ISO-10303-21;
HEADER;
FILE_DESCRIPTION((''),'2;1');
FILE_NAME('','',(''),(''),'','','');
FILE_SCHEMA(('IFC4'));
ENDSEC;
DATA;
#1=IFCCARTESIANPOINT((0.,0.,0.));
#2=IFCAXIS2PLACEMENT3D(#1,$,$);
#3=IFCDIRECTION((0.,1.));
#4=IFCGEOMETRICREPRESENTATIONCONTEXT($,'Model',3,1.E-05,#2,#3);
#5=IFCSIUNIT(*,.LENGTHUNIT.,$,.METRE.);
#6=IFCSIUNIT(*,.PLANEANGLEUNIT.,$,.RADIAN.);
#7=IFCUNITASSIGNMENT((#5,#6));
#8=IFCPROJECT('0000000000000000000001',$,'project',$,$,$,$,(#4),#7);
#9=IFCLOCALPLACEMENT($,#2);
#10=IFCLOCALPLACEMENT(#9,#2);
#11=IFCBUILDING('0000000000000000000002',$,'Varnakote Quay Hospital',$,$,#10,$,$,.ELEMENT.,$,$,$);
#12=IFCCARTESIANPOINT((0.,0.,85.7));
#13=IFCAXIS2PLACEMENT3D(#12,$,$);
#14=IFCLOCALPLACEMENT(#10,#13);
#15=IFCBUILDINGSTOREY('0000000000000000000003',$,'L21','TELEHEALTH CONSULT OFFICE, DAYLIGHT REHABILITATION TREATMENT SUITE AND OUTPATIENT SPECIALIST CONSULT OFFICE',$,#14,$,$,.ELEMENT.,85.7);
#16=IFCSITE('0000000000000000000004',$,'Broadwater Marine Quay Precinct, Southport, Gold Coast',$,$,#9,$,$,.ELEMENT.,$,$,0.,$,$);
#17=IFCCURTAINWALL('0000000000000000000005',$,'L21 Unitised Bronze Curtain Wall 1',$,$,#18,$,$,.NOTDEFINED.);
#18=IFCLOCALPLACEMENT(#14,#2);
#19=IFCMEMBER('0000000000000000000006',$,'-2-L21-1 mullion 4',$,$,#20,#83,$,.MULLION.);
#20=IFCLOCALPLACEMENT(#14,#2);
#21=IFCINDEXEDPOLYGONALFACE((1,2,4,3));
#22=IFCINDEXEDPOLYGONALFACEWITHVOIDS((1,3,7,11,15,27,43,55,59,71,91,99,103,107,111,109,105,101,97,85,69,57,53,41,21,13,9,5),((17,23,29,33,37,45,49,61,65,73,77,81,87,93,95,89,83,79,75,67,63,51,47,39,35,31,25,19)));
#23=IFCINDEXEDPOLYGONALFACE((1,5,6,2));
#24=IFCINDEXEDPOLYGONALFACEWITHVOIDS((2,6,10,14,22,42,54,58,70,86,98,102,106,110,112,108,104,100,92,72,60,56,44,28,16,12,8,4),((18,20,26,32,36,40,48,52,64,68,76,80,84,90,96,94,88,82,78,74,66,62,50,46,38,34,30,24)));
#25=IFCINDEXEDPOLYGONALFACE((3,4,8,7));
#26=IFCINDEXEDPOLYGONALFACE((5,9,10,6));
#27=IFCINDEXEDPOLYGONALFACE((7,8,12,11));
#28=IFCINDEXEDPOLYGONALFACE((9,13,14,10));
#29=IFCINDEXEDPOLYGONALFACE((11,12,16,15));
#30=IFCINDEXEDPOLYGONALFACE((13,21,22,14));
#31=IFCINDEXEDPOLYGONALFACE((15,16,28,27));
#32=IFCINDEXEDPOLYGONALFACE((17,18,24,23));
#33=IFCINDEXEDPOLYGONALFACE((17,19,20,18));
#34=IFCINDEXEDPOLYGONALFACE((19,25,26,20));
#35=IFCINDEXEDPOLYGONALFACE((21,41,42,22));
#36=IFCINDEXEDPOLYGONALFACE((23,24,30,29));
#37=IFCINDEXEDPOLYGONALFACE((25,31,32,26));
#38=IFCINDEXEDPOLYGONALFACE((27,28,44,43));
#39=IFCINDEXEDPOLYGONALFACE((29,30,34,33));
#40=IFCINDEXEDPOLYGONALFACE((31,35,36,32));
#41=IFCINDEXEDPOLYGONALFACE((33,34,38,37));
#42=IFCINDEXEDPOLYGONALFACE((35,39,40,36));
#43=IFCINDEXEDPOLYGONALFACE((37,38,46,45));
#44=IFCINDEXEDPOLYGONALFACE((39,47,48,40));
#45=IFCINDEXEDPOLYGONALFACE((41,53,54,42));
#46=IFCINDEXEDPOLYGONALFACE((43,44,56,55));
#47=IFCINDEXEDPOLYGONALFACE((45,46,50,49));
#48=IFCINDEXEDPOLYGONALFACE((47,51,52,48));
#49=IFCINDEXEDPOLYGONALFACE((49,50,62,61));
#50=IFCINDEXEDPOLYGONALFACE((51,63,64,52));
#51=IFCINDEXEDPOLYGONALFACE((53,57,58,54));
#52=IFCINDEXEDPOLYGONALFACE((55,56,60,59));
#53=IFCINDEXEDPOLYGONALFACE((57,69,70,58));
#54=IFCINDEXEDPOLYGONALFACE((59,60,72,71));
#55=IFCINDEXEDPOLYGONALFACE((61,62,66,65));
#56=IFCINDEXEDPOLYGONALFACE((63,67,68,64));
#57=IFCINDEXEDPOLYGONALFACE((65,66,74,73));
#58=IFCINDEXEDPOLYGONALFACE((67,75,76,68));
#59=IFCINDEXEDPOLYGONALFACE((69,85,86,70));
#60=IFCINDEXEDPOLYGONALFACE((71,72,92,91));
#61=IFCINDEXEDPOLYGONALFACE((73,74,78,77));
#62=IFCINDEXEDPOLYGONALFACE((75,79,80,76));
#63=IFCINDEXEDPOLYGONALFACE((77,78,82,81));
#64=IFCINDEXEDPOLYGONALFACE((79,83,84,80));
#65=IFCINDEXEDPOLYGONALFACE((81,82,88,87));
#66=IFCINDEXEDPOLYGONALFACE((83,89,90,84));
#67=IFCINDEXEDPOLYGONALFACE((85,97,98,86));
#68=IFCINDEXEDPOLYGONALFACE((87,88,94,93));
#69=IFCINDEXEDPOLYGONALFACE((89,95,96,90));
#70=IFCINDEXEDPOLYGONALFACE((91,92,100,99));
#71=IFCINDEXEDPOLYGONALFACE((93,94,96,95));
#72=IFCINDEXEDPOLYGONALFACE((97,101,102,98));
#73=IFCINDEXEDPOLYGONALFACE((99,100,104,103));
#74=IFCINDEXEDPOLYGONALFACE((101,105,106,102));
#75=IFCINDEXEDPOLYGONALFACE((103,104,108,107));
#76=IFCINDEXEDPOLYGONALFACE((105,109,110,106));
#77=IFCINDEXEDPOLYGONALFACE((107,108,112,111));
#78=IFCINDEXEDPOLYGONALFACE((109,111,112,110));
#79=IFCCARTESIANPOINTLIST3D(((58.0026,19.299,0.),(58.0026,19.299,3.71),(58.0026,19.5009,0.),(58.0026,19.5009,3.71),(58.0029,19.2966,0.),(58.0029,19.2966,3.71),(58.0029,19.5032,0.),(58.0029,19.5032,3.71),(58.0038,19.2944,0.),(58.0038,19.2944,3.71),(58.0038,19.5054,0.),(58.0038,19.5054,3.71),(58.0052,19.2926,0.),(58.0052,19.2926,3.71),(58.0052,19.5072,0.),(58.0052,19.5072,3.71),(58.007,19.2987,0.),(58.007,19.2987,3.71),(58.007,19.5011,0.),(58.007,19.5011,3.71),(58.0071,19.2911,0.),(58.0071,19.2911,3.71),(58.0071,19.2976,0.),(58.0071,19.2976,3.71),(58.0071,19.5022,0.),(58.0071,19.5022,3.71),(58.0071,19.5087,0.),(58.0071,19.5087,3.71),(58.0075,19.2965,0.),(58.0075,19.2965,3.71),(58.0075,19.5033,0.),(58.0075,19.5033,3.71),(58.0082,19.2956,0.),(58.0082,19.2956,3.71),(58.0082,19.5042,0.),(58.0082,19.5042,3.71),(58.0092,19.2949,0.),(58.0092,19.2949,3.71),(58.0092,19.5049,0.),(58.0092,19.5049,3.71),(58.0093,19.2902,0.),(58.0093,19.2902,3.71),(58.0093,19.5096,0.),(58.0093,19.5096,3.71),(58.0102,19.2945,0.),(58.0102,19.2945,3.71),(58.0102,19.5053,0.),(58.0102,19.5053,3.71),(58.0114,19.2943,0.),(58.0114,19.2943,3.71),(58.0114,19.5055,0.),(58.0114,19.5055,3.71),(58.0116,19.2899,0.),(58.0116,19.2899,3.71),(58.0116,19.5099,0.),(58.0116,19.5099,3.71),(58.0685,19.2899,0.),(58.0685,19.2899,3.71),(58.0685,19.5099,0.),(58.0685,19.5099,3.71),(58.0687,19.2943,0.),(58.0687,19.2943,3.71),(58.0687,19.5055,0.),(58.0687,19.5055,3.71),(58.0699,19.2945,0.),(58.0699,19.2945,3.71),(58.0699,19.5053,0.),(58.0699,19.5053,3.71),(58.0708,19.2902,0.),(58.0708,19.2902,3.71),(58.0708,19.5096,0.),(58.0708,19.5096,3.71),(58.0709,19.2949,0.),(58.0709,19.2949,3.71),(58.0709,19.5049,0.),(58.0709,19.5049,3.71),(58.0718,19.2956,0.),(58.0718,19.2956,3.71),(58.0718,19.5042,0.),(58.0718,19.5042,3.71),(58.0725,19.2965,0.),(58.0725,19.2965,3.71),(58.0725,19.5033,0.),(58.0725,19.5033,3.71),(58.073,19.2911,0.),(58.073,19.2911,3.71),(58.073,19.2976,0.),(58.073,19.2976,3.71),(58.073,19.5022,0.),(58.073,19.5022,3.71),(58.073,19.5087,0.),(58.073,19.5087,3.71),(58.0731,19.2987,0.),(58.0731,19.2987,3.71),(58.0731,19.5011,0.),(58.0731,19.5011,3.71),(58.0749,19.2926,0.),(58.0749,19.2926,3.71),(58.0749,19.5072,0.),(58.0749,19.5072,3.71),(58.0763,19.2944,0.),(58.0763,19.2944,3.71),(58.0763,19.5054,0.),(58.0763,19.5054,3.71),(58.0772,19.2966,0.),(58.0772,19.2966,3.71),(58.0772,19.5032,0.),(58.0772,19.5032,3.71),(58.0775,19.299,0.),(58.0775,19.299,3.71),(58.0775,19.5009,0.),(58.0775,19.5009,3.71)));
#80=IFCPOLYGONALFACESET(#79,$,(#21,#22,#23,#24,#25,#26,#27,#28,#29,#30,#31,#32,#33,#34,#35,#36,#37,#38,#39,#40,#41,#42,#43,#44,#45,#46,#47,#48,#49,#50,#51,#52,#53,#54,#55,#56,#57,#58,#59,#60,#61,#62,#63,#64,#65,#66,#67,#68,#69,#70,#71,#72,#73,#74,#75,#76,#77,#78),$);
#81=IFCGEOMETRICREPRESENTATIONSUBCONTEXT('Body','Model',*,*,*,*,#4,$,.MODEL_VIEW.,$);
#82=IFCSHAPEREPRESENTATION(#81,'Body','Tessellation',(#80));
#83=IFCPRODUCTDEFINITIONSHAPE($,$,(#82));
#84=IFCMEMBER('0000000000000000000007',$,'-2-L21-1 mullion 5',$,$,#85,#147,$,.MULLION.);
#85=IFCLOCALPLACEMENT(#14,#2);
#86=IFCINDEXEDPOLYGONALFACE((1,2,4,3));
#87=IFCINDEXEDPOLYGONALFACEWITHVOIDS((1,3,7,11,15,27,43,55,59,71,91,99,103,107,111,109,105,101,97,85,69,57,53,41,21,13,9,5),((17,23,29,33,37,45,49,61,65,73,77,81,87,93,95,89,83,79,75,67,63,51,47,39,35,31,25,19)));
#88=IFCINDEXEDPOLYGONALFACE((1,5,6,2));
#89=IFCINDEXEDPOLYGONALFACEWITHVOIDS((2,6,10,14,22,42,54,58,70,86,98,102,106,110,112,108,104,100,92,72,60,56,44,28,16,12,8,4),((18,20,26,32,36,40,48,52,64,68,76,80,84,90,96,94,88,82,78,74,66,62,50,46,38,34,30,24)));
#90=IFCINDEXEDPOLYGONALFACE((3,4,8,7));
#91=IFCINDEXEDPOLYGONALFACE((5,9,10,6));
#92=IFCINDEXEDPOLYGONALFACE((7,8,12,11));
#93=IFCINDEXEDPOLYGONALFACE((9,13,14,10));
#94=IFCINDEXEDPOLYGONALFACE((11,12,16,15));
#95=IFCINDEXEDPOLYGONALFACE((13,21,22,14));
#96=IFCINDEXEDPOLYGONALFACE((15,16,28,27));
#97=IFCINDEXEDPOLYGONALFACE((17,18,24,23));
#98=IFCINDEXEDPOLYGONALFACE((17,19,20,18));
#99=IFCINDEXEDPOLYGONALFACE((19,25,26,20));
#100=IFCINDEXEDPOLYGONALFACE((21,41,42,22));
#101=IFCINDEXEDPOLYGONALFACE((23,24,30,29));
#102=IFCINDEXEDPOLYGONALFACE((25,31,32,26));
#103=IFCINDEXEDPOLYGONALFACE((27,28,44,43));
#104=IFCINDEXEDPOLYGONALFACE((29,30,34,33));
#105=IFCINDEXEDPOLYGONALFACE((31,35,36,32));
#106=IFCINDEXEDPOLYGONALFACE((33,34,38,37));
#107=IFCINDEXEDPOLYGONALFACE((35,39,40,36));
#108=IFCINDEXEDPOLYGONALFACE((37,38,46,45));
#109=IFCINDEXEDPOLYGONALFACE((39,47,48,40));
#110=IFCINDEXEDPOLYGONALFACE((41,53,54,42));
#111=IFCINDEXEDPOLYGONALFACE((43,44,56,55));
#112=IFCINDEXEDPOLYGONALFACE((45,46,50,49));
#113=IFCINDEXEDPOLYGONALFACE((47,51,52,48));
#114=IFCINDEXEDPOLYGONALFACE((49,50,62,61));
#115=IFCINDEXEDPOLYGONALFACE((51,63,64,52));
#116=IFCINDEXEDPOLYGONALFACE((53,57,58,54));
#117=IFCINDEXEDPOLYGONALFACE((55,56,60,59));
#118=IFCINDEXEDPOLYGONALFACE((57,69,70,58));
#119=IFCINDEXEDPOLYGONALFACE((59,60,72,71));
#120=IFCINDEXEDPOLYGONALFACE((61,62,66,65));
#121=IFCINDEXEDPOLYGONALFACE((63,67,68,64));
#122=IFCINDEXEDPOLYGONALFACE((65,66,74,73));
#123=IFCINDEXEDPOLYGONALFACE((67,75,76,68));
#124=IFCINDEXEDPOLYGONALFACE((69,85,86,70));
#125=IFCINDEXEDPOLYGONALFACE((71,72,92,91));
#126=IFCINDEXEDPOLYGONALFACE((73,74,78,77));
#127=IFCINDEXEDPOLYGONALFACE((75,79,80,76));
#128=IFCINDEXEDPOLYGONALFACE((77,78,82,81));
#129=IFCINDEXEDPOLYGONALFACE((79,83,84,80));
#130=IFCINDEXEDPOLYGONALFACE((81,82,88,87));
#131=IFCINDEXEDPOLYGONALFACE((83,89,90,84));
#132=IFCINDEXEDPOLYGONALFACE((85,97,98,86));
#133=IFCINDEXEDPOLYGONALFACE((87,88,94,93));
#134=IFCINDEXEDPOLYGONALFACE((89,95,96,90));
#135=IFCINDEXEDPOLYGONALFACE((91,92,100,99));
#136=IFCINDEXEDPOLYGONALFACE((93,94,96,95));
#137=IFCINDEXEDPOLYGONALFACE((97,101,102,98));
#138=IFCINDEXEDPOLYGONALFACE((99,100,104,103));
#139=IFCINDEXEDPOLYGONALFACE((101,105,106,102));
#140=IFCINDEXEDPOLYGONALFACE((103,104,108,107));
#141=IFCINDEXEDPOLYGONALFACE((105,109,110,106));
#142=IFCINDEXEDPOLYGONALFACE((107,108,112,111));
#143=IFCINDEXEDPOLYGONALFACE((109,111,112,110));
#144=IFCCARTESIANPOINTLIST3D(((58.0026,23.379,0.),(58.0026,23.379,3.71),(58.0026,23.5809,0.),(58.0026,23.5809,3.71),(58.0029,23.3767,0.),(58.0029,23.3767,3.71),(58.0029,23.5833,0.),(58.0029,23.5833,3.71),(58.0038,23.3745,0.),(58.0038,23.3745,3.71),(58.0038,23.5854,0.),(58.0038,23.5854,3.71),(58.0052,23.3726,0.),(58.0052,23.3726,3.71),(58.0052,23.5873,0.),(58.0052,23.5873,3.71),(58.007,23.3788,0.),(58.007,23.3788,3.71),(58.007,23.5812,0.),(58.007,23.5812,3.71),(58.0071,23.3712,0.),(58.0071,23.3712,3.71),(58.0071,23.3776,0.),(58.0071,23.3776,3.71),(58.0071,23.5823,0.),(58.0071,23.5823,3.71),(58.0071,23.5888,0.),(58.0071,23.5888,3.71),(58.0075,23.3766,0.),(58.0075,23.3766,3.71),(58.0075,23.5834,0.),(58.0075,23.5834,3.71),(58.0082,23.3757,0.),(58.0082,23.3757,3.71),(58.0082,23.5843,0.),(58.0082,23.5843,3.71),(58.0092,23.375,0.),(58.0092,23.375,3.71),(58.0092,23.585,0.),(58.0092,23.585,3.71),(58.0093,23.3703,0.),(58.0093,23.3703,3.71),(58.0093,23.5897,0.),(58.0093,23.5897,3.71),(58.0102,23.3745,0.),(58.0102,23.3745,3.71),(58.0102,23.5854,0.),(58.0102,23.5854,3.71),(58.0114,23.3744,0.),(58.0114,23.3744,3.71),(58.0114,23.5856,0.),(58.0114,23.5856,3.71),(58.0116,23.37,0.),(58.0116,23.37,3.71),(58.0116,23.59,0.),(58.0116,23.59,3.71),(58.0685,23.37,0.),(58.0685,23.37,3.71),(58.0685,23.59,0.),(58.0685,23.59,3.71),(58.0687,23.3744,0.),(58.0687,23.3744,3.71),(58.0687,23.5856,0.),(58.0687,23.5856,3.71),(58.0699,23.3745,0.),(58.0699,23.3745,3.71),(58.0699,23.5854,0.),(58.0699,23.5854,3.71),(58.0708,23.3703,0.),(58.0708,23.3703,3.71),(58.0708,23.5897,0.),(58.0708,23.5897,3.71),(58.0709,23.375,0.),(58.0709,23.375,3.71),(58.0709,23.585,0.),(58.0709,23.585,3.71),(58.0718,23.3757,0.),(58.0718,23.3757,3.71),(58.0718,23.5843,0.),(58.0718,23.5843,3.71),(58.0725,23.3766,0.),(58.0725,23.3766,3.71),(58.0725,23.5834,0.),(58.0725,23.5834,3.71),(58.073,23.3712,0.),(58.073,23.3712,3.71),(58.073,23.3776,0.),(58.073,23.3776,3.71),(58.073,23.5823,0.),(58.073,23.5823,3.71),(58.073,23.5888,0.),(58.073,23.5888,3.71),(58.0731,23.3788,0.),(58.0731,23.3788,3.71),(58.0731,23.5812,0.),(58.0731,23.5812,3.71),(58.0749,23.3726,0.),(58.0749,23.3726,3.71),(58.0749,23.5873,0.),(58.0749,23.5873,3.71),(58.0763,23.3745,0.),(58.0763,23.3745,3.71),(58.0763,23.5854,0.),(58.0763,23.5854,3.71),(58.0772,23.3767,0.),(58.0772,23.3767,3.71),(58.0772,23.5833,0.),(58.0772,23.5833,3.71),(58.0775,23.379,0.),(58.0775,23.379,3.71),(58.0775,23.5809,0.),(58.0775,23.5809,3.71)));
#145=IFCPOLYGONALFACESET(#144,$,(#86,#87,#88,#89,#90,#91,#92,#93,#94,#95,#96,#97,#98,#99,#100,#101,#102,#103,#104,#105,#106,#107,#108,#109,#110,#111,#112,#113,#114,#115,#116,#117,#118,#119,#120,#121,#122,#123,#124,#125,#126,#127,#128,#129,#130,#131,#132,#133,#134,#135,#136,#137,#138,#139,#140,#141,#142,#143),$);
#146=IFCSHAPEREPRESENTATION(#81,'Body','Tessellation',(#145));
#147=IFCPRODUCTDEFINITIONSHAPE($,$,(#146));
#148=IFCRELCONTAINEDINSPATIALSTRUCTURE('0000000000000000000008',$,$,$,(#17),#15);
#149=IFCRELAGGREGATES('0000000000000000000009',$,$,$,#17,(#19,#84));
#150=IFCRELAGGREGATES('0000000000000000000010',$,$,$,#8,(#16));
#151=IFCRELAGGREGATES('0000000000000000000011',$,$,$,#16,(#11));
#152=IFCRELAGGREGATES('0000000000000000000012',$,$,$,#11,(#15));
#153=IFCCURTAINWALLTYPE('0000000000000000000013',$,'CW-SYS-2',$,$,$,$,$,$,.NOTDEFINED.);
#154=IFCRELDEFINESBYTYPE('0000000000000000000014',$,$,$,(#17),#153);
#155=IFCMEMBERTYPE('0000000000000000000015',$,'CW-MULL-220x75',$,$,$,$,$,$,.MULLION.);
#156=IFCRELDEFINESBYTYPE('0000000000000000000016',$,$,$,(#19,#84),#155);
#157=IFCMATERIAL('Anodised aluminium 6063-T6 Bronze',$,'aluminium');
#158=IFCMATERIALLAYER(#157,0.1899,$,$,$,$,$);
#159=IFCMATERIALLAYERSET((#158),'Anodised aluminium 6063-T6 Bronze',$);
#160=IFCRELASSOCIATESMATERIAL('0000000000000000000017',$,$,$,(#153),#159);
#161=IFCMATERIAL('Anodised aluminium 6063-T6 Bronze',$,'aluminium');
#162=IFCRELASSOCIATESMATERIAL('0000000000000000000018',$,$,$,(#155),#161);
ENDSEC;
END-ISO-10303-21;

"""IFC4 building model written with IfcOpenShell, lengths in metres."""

from ifc_helpers import new_model, si_unit, direction, frame, origin, origin_2d, place, context, subcontext, project, spatial, hollow_rectangle, extrude, material, layer, layer_set, material_profile, profile_set, type_object, element, aggregate, save


model = new_model("IFC4")

# Units and contexts
model_context = context("Model", 3, precision=1e-05, world=origin(), true_north=direction((0.0, 1.0)))
body_context = subcontext(model_context, "Body", "Model", "MODEL_VIEW")
ifc_project = project(units=[si_unit("LENGTHUNIT", "METRE"), si_unit("PLANEANGLEUNIT", "RADIAN")], contexts=[model_context])

# Site, building, storey
site_placement = place(None, origin())
site = spatial("IfcSite", under=ifc_project, at=site_placement, Name="Broadwater Marine Quay Precinct, Southport, Gold Coast", CompositionType="ELEMENT", RefElevation=0.0)
building_placement = place(site_placement, origin())
building = spatial("IfcBuilding", under=site, at=building_placement, Name="Varnakote Quay Hospital", CompositionType="ELEMENT")
storey_placement = place(building_placement, frame((0.0, 0.0, 85.7)))
storey = spatial("IfcBuildingStorey", under=building, at=storey_placement, Name="L21", Description="TELEHEALTH CONSULT OFFICE, DAYLIGHT REHABILITATION TREATMENT SUITE AND OUTPATIENT SPECIALIST CONSULT OFFICE", CompositionType="ELEMENT", Elevation=85.7)

# Curtain wall, members
ifc_material_1 = material(Name="Anodised aluminium 6063-T6 Bronze", Category="aluminium")
ifc_layer_1 = layer(ifc_material_1, 0.1899)
ifc_layer_set_1 = layer_set([ifc_layer_1], Name="Anodised aluminium 6063-T6 Bronze")
curtain_wall_type = type_object("IfcCurtainWallType", Name="CW-SYS-2", PredefinedType="NOTDEFINED", material=ifc_layer_set_1)
curtain_wall_placement = place(storey_placement, origin())
curtain_wall = element("IfcCurtainWall", 1, at=curtain_wall_placement, inside=storey, type_object=curtain_wall_type, Name="L21 Unitised Bronze Curtain Wall 1", PredefinedType="NOTDEFINED")
ifc_material_2 = material(Name="Anodised aluminium 6063-T6 Bronze", Category="aluminium")
ifc_material_profile_1 = material_profile(ifc_material_2, hollow_rectangle(XDim=0.075, YDim=0.22, WallThickness=0.0044, InnerFilletRadius=0.0044, OuterFilletRadius=0.009, at=origin_2d()), Name="CW-MULL-220x75")
ifc_profile_set_1 = profile_set([ifc_material_profile_1], Name="Anodised aluminium 6063-T6 Bronze")
member_type_1 = type_object("IfcMemberType", Name="CW-MULL-220x75", PredefinedType="MULLION", material=ifc_profile_set_1)
member_1_placement = place(storey_placement, frame((58.04, 19.3999, 0.0), z_axis=(0.0, 0.0, 1.0), x_axis=(-1.0, 0.0, 0.0)))
member_1 = element("IfcMember", 2, at=member_1_placement, type_object=member_type_1, Name="-2-L21-1 mullion 4", PredefinedType="MULLION", context=body_context, shape_type="SweptSolid", body=[
    extrude(hollow_rectangle(XDim=0.075, YDim=0.22, WallThickness=0.0044, InnerFilletRadius=0.0044, OuterFilletRadius=0.009, at=origin_2d()), origin(), (0.0, 0.0, 1.0), 3.71),
])
member_2_placement = place(storey_placement, frame((58.04, 23.48, 0.0), z_axis=(0.0, 0.0, 1.0), x_axis=(-1.0, 0.0, 0.0)))
member_2 = element("IfcMember", 3, at=member_2_placement, type_object=member_type_1, Name="-2-L21-1 mullion 5", PredefinedType="MULLION", context=body_context, shape_type="SweptSolid", body=[
    extrude(hollow_rectangle(XDim=0.075, YDim=0.22, WallThickness=0.0044, InnerFilletRadius=0.0044, OuterFilletRadius=0.009, at=origin_2d()), origin(), (0.0, 0.0, 1.0), 3.71),
])
aggregate(curtain_wall, [member_1, member_2])

save(model, "model.ifc")
